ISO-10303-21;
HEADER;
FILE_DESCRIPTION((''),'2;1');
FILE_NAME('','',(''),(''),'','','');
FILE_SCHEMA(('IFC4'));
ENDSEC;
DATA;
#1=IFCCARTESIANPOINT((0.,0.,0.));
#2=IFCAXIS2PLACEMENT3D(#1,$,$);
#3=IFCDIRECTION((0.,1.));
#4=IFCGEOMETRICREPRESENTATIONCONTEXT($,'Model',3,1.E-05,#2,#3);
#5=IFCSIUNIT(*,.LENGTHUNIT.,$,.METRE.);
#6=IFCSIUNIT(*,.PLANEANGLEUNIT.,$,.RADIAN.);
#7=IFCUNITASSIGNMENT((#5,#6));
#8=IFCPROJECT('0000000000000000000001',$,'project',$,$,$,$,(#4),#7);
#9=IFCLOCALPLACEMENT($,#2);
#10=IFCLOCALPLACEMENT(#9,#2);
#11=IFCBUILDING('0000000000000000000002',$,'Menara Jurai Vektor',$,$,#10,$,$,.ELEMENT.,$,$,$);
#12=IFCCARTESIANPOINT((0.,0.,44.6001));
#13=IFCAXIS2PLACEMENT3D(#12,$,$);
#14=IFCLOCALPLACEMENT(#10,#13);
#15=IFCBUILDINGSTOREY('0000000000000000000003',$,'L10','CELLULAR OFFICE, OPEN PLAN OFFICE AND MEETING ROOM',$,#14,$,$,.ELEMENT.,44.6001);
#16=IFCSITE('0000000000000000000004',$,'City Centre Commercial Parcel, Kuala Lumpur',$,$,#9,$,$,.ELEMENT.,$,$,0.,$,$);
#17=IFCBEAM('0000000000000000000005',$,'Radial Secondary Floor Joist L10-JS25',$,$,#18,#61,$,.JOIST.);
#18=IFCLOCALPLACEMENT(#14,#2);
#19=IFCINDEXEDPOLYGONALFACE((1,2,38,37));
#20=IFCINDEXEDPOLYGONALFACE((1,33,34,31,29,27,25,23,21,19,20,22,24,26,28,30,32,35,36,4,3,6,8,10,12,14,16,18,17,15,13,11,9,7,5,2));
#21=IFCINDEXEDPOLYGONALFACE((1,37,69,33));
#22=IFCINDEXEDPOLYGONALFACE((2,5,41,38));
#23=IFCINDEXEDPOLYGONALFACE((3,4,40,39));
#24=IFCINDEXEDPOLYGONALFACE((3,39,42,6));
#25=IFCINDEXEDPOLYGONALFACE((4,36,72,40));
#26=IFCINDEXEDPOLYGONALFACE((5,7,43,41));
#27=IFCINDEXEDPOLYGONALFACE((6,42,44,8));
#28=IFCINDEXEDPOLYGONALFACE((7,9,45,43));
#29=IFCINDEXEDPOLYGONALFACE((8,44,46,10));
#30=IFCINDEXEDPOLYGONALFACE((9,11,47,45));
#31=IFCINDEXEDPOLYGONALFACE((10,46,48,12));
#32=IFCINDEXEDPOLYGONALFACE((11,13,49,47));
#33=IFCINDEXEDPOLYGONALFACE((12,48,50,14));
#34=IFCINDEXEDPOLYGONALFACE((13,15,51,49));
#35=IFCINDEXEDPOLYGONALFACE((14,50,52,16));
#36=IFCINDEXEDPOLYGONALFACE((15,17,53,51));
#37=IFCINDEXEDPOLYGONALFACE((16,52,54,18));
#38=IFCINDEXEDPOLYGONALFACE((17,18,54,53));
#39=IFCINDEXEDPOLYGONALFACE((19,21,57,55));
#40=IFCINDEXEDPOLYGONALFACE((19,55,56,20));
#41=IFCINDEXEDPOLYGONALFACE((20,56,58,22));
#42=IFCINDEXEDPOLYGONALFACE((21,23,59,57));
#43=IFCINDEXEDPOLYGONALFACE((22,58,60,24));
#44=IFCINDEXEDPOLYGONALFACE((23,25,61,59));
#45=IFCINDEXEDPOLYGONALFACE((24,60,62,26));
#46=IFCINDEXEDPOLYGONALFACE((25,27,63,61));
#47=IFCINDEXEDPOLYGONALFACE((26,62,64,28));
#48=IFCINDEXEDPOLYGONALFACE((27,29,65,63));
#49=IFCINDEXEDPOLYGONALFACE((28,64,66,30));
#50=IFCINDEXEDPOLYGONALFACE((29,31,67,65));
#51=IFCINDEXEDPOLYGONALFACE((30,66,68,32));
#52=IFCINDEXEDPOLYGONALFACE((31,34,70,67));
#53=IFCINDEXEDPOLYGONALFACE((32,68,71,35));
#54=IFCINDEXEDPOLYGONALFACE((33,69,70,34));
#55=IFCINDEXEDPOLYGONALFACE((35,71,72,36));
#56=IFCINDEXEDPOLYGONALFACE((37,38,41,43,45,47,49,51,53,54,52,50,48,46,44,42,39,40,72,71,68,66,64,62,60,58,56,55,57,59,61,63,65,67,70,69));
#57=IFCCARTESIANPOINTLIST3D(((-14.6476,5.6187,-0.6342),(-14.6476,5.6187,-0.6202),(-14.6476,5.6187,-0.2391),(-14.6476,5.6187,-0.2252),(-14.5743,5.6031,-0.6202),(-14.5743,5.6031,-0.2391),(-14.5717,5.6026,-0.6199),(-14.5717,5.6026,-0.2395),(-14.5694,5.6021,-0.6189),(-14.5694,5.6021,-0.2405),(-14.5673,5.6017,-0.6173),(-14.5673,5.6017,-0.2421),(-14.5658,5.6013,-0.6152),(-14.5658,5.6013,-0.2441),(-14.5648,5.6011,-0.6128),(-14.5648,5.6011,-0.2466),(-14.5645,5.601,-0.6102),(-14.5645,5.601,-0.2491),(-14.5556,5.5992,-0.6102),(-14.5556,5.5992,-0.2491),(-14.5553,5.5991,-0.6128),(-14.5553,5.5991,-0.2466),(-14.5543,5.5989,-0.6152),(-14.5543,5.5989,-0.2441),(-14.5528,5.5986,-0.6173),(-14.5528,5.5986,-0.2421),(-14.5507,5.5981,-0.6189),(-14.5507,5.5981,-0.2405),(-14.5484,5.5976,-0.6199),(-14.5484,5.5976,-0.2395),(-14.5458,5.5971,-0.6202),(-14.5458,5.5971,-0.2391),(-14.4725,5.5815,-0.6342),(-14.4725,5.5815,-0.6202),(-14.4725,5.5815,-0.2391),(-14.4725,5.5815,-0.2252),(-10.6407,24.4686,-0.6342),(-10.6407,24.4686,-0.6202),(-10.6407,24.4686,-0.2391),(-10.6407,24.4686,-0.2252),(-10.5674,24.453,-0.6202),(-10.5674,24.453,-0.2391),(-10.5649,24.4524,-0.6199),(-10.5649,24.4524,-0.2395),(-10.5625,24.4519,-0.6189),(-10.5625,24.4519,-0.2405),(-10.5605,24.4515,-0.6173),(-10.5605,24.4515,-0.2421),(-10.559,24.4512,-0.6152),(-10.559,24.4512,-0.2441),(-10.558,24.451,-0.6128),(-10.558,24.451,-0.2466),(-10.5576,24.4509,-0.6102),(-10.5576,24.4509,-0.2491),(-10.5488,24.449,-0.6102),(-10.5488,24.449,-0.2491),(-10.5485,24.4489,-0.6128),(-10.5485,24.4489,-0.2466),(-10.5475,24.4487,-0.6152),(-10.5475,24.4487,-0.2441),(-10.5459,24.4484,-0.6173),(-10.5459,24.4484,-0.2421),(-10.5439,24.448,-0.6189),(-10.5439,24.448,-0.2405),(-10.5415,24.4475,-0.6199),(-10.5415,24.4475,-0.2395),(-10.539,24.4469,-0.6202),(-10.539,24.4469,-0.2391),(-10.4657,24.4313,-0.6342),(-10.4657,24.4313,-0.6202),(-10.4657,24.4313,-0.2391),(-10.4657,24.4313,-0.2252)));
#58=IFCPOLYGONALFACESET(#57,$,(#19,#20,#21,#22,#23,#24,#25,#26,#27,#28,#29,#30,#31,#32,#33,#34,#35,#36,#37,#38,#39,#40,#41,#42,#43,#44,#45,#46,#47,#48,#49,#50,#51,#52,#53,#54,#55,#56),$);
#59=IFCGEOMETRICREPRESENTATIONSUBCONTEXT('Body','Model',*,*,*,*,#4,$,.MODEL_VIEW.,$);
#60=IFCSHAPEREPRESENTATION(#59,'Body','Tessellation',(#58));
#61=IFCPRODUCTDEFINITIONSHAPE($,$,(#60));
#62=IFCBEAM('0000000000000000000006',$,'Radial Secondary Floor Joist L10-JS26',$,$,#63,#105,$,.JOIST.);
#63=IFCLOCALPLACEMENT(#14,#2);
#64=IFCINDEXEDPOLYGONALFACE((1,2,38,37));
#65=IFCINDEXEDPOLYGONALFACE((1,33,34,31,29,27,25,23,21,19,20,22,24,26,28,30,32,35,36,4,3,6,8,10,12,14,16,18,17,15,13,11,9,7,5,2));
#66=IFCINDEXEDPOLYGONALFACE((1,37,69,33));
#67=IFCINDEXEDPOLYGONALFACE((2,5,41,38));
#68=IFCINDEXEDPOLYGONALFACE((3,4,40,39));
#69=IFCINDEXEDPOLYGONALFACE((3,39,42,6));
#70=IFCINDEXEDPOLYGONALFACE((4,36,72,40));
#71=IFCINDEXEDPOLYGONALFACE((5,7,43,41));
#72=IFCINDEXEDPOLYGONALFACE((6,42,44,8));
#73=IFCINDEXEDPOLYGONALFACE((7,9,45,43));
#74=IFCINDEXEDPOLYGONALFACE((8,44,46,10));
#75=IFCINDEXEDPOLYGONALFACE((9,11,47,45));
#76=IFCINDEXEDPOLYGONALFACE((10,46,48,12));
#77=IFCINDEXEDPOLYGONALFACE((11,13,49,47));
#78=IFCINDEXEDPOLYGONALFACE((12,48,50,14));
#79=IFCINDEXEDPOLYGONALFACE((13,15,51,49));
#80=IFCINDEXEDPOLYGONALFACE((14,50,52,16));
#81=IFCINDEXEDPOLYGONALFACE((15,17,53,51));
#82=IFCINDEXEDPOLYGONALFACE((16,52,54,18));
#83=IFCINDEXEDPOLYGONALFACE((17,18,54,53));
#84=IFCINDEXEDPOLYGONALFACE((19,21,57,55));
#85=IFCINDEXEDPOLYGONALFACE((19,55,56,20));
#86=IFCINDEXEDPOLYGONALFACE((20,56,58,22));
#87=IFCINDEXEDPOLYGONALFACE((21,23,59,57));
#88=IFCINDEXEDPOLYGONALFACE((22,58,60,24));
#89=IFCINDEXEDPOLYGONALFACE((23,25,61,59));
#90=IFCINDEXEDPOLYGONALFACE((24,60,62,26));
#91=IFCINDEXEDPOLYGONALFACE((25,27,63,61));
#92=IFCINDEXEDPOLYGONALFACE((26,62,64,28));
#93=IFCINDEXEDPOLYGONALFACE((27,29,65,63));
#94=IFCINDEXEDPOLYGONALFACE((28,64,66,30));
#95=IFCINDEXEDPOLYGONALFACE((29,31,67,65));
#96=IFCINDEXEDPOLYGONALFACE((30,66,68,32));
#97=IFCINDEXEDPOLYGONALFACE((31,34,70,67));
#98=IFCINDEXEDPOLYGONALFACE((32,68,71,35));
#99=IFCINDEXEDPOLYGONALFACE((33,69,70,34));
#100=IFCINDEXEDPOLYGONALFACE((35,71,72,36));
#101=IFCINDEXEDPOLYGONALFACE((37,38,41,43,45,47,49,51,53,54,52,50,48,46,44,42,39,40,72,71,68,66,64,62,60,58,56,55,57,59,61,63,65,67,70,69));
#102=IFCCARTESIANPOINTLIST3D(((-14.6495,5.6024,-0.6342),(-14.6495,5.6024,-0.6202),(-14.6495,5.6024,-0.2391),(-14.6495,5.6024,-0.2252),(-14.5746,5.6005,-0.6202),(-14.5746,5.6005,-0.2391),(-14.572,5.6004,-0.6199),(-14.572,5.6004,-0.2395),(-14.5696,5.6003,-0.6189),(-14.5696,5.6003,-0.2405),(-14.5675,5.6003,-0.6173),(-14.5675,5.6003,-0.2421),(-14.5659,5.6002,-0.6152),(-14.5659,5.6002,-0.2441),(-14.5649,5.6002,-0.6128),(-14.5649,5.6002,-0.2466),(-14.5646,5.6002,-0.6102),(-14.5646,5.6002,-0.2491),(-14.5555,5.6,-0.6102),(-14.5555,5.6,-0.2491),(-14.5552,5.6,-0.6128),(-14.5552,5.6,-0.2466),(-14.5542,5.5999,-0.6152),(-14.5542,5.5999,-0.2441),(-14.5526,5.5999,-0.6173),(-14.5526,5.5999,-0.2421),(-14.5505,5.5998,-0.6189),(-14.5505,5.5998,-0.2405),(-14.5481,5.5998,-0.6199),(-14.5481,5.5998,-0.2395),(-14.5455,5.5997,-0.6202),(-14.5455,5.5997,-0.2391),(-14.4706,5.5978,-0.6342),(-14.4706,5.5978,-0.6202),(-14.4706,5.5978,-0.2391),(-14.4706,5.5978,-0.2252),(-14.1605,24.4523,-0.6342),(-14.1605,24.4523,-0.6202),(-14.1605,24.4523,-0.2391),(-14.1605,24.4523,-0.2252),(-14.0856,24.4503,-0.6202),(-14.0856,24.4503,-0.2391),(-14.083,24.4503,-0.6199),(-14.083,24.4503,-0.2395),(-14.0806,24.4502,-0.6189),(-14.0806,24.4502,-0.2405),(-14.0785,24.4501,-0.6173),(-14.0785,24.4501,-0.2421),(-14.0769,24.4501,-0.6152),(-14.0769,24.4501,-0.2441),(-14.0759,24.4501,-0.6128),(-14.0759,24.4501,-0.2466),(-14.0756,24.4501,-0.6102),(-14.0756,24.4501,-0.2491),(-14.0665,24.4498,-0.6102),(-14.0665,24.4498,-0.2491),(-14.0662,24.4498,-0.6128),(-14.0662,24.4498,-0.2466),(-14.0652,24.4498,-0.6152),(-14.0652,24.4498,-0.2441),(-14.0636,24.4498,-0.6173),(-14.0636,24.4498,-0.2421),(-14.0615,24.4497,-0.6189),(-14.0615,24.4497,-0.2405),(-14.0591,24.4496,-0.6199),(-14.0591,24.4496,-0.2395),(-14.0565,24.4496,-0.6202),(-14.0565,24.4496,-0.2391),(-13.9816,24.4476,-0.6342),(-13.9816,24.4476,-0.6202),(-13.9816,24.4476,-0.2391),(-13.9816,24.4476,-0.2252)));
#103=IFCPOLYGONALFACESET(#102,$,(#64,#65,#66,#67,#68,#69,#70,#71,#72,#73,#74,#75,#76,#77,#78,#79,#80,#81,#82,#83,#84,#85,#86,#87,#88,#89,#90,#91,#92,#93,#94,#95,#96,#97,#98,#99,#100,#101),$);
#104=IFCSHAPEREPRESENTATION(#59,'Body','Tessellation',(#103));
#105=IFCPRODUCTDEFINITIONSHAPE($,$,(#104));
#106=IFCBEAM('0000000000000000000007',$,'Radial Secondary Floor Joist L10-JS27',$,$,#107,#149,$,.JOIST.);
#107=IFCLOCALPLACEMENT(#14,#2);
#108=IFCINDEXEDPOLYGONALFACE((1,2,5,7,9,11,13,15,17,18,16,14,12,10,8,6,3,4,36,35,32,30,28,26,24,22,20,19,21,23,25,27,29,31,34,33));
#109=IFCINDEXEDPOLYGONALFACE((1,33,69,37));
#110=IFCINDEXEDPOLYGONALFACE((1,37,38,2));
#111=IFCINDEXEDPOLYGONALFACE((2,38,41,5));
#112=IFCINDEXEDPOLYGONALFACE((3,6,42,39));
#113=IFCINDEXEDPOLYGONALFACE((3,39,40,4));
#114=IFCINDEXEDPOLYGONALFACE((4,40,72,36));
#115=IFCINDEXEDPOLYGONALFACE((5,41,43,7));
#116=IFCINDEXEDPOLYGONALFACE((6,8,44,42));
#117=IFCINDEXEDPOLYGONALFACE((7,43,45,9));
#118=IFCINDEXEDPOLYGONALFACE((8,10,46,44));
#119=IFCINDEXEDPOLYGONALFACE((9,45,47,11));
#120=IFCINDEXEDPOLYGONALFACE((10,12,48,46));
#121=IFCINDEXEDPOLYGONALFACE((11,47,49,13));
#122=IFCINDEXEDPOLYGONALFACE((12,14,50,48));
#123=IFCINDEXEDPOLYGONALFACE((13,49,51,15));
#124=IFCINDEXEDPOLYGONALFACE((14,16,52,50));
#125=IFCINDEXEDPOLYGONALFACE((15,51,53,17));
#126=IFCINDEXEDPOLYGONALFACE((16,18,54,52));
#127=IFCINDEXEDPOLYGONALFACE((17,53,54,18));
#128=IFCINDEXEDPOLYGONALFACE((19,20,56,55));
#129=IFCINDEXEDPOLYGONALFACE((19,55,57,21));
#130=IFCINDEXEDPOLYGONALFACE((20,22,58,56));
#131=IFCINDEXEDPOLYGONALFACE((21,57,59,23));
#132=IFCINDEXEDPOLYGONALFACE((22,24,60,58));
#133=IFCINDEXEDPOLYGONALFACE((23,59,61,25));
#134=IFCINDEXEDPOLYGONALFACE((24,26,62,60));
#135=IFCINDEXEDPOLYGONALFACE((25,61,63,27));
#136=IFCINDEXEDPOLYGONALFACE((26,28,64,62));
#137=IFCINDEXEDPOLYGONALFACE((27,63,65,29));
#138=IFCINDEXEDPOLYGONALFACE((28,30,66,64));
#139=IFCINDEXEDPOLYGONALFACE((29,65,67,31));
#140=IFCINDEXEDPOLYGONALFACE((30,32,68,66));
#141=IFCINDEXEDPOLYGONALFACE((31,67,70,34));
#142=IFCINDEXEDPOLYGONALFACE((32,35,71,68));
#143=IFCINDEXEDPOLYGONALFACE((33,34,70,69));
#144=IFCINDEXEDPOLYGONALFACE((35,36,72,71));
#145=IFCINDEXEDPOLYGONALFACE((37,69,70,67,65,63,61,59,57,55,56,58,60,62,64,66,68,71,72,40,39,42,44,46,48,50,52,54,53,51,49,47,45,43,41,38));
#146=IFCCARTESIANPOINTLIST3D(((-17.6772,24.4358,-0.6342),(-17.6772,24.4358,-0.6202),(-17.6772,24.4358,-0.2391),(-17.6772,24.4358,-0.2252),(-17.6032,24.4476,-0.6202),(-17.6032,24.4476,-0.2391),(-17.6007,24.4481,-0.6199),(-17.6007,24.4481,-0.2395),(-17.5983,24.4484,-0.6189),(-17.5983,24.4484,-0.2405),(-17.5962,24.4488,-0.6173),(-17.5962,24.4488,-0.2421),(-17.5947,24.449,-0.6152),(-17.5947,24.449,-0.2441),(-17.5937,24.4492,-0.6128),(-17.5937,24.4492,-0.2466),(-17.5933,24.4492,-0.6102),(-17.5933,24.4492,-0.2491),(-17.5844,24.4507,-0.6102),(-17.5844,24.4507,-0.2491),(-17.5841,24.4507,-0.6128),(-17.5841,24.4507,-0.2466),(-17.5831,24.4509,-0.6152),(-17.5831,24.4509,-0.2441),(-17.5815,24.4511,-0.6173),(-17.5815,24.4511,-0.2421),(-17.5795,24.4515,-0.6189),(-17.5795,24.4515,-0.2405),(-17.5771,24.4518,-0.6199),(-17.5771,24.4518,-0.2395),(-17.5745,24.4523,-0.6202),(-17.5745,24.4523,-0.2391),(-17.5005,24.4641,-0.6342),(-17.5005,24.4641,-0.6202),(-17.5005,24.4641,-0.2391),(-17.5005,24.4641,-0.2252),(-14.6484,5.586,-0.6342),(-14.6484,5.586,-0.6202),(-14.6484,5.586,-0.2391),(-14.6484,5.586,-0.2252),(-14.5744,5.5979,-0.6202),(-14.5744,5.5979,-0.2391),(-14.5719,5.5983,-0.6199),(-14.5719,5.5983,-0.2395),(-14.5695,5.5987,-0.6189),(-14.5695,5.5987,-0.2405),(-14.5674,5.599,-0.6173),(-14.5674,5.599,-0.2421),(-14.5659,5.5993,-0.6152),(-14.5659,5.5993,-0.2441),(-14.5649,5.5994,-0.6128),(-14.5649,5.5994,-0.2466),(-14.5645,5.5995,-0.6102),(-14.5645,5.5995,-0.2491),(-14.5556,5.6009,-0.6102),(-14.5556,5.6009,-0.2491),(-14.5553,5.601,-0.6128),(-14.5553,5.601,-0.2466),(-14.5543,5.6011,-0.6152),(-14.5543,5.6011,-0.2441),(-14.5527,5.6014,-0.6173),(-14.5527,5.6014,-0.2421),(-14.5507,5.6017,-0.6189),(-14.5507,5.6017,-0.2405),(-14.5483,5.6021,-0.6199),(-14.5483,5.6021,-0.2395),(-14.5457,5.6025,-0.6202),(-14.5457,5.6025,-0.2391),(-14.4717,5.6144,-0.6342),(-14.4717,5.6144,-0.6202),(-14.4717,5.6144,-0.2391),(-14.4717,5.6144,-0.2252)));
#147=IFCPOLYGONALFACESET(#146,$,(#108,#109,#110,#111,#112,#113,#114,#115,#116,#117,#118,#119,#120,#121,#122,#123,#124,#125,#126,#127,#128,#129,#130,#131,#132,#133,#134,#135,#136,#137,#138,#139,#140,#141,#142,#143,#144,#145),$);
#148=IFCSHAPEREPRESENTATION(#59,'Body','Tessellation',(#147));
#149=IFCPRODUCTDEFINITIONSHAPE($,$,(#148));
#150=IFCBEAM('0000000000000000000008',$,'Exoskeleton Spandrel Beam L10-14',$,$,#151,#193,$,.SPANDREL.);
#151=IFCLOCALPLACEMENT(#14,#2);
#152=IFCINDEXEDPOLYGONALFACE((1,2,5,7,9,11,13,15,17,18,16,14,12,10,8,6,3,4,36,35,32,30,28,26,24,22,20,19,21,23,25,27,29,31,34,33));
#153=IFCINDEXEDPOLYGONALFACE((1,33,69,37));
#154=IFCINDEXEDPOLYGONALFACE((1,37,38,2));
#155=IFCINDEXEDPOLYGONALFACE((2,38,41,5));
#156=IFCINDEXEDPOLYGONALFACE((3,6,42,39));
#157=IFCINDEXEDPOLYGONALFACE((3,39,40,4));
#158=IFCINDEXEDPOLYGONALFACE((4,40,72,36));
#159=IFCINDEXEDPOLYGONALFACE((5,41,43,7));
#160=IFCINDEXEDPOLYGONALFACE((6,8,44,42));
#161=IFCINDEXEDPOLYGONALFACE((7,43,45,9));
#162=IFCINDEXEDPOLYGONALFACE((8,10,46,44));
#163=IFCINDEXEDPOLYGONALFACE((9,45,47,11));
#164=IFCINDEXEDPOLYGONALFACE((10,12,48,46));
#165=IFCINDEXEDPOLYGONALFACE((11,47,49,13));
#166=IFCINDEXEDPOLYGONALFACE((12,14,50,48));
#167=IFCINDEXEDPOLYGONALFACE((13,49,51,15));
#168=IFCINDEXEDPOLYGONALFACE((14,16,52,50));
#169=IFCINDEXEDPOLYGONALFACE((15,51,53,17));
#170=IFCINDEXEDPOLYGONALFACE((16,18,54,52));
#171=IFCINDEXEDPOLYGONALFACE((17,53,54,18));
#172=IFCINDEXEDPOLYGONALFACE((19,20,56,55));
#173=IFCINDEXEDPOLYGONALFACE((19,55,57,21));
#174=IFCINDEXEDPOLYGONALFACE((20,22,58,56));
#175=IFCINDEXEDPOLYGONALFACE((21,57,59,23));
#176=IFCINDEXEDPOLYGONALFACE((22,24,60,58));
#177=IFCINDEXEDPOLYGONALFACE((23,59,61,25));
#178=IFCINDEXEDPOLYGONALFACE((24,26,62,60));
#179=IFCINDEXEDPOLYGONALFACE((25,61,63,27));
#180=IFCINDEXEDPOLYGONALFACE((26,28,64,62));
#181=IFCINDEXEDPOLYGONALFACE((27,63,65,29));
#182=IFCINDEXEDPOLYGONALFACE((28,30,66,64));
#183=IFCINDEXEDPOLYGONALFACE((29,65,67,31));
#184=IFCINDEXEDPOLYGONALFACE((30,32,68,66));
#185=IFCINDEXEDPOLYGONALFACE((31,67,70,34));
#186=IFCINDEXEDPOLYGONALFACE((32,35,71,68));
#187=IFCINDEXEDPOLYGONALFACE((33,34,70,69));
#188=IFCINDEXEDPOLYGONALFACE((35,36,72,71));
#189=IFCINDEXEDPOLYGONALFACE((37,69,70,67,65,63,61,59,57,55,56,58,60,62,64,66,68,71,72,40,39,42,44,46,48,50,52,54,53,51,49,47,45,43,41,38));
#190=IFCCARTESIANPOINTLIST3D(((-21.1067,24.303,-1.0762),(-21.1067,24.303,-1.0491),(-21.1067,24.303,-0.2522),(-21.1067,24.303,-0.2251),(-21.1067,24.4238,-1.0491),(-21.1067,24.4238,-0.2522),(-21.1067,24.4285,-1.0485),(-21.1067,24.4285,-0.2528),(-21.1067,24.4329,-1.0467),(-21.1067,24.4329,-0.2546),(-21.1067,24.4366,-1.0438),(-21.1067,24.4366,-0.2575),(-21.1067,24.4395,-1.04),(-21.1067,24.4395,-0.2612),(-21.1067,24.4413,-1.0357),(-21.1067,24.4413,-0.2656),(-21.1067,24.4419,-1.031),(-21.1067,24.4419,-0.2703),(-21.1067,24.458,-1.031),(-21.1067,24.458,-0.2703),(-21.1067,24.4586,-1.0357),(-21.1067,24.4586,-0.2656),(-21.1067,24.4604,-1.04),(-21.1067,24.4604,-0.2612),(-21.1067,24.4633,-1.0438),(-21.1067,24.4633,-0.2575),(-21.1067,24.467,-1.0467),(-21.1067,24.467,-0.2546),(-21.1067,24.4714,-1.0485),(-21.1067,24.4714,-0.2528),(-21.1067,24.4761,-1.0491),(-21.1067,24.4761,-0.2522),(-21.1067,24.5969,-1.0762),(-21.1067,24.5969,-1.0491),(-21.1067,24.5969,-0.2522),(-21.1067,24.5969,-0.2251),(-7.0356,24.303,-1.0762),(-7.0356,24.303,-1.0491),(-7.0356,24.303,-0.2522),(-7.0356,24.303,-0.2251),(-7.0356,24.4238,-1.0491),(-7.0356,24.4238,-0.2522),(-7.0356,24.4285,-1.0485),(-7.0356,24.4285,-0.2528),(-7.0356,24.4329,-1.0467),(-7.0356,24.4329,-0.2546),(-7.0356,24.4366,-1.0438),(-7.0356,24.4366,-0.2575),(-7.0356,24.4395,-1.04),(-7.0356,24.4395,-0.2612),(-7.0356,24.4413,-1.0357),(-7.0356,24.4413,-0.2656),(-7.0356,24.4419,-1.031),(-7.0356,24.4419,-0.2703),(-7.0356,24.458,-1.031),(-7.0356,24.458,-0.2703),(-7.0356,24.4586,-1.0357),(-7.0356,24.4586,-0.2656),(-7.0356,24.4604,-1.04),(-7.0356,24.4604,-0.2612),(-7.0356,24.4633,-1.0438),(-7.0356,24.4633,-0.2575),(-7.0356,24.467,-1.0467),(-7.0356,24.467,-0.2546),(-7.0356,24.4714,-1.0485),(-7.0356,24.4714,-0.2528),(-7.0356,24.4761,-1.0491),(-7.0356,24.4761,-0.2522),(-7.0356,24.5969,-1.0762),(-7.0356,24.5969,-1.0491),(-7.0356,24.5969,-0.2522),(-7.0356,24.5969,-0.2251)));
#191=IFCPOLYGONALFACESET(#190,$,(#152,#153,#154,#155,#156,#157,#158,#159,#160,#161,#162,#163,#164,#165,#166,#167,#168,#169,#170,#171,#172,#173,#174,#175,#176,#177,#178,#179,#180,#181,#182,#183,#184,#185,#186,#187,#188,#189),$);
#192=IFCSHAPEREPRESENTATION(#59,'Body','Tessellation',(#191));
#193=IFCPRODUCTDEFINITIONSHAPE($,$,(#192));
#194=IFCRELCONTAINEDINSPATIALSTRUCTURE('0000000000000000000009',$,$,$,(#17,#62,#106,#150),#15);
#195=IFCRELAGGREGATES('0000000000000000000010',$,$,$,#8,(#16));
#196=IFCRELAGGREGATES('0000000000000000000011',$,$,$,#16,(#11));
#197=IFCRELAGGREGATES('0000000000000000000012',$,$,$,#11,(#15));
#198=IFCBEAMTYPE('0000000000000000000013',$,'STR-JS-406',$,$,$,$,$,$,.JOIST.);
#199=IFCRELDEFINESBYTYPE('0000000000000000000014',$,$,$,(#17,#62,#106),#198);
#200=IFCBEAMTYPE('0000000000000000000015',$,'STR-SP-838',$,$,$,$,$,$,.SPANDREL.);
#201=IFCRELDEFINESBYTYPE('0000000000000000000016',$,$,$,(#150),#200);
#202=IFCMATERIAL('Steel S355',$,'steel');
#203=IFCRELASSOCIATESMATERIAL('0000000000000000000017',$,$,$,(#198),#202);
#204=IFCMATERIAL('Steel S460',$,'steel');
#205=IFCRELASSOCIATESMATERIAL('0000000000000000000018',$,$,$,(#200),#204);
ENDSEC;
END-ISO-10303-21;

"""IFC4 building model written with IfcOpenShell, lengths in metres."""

from ifc_helpers import new_model, si_unit, direction, frame, origin, origin_2d, place, context, subcontext, project, spatial, i_section, extrude, material, material_profile, profile_set, type_object, element, save


model = new_model("IFC4")

# Units and contexts
model_context = context("Model", 3, precision=1e-05, world=origin(), true_north=direction((0.0, 1.0)))
body_context = subcontext(model_context, "Body", "Model", "MODEL_VIEW")
ifc_project = project(units=[si_unit("LENGTHUNIT", "METRE"), si_unit("PLANEANGLEUNIT", "RADIAN")], contexts=[model_context])

# Site, building, storey
site_placement = place(None, origin())
site = spatial("IfcSite", under=ifc_project, at=site_placement, Name="City Centre Commercial Parcel, Kuala Lumpur", CompositionType="ELEMENT", RefElevation=0.0)
building_placement = place(site_placement, origin())
building = spatial("IfcBuilding", under=site, at=building_placement, Name="Menara Jurai Vektor", CompositionType="ELEMENT")
storey_placement = place(building_placement, frame((0.0, 0.0, 44.6001)))
storey = spatial("IfcBuildingStorey", under=building, at=storey_placement, Name="L10", Description="CELLULAR OFFICE, OPEN PLAN OFFICE AND MEETING ROOM", CompositionType="ELEMENT", Elevation=44.6001)

# Shared definitions
ifc_material_1 = material(Name="Steel S460", Category="steel")

# Beams
ifc_material_2 = material(Name="Steel S355", Category="steel")
ifc_material_profile_1 = material_profile(ifc_material_2, i_section(OverallWidth=0.179, OverallDepth=0.4089, WebThickness=0.009, FlangeThickness=0.0139, FilletRadius=0.01, at=origin_2d()), Name="UKB 406x178x67")
ifc_profile_set_1 = profile_set([ifc_material_profile_1], Name="Steel S355")
beam_type_1 = type_object("IfcBeamType", Name="STR-JS-406", PredefinedType="JOIST", material=ifc_profile_set_1)
beam_1_placement = place(storey_placement, frame((-10.5532, 24.45, -0.4297), z_axis=(-0.20792, -0.978146, 0.0), x_axis=(0.978146, -0.20792, 0.0)))
element("IfcBeam", 1, at=beam_1_placement, inside=storey, type_object=beam_type_1, Name="Radial Secondary Floor Joist L10-JS25", PredefinedType="JOIST", context=body_context, shape_type="SweptSolid", body=[
    extrude(i_section(OverallWidth=0.179, OverallDepth=0.4089, WebThickness=0.009, FlangeThickness=0.0139, FilletRadius=0.01, at=origin_2d()), origin(), (0.0, 0.0, 1.0), 19.271),
])
beam_2_placement = place(storey_placement, frame((-14.071, 24.45, -0.4297), z_axis=(-0.025934, -0.999664, 0.0), x_axis=(0.999664, -0.025934, 0.0)))
element("IfcBeam", 2, at=beam_2_placement, inside=storey, type_object=beam_type_1, Name="Radial Secondary Floor Joist L10-JS26", PredefinedType="JOIST", context=body_context, shape_type="SweptSolid", body=[
    extrude(i_section(OverallWidth=0.179, OverallDepth=0.4089, WebThickness=0.009, FlangeThickness=0.0139, FilletRadius=0.01, at=origin_2d()), origin(), (0.0, 0.0, 1.0), 18.8562),
])
beam_3_placement = place(storey_placement, frame((-17.5889, 24.45, -0.4297), z_axis=(0.158646, -0.987336, 0.0), x_axis=(0.987336, 0.158646, 0.0)))
element("IfcBeam", 3, at=beam_3_placement, inside=storey, type_object=beam_type_1, Name="Radial Secondary Floor Joist L10-JS27", PredefinedType="JOIST", context=body_context, shape_type="SweptSolid", body=[
    extrude(i_section(OverallWidth=0.179, OverallDepth=0.4089, WebThickness=0.009, FlangeThickness=0.0139, FilletRadius=0.01, at=origin_2d()), origin(), (0.0, 0.0, 1.0), 19.0916),
])
ifc_material_profile_2 = material_profile(ifc_material_1, i_section(OverallWidth=0.2939, OverallDepth=0.8511, WebThickness=0.0161, FlangeThickness=0.0271, FilletRadius=0.0181, at=origin_2d()), Name="UKB 838x292x226")
ifc_profile_set_2 = profile_set([ifc_material_profile_2], Name="Steel S460")
beam_type_2 = type_object("IfcBeamType", Name="STR-SP-838", PredefinedType="SPANDREL", material=ifc_profile_set_2)
for number, where, z_axis, x_axis, name in (
    (4, (-7.0356, 24.45, -0.6506), (-1.0, 0.0, 0.0), (0.0, -1.0, 0.0), "Exoskeleton Spandrel Beam L10-14"),
):
    element("IfcBeam", number, at=place(storey_placement, frame(where, z_axis=z_axis, x_axis=x_axis)), inside=storey, type_object=beam_type_2, Name=name, PredefinedType="SPANDREL", context=body_context, shape_type="SweptSolid", body=[
        extrude(i_section(OverallWidth=0.2939, OverallDepth=0.8511, WebThickness=0.0161, FlangeThickness=0.0271, FilletRadius=0.0181, at=origin_2d()), origin(), (0.0, 0.0, 1.0), 14.071),
    ])

save(model, "model.ifc")
